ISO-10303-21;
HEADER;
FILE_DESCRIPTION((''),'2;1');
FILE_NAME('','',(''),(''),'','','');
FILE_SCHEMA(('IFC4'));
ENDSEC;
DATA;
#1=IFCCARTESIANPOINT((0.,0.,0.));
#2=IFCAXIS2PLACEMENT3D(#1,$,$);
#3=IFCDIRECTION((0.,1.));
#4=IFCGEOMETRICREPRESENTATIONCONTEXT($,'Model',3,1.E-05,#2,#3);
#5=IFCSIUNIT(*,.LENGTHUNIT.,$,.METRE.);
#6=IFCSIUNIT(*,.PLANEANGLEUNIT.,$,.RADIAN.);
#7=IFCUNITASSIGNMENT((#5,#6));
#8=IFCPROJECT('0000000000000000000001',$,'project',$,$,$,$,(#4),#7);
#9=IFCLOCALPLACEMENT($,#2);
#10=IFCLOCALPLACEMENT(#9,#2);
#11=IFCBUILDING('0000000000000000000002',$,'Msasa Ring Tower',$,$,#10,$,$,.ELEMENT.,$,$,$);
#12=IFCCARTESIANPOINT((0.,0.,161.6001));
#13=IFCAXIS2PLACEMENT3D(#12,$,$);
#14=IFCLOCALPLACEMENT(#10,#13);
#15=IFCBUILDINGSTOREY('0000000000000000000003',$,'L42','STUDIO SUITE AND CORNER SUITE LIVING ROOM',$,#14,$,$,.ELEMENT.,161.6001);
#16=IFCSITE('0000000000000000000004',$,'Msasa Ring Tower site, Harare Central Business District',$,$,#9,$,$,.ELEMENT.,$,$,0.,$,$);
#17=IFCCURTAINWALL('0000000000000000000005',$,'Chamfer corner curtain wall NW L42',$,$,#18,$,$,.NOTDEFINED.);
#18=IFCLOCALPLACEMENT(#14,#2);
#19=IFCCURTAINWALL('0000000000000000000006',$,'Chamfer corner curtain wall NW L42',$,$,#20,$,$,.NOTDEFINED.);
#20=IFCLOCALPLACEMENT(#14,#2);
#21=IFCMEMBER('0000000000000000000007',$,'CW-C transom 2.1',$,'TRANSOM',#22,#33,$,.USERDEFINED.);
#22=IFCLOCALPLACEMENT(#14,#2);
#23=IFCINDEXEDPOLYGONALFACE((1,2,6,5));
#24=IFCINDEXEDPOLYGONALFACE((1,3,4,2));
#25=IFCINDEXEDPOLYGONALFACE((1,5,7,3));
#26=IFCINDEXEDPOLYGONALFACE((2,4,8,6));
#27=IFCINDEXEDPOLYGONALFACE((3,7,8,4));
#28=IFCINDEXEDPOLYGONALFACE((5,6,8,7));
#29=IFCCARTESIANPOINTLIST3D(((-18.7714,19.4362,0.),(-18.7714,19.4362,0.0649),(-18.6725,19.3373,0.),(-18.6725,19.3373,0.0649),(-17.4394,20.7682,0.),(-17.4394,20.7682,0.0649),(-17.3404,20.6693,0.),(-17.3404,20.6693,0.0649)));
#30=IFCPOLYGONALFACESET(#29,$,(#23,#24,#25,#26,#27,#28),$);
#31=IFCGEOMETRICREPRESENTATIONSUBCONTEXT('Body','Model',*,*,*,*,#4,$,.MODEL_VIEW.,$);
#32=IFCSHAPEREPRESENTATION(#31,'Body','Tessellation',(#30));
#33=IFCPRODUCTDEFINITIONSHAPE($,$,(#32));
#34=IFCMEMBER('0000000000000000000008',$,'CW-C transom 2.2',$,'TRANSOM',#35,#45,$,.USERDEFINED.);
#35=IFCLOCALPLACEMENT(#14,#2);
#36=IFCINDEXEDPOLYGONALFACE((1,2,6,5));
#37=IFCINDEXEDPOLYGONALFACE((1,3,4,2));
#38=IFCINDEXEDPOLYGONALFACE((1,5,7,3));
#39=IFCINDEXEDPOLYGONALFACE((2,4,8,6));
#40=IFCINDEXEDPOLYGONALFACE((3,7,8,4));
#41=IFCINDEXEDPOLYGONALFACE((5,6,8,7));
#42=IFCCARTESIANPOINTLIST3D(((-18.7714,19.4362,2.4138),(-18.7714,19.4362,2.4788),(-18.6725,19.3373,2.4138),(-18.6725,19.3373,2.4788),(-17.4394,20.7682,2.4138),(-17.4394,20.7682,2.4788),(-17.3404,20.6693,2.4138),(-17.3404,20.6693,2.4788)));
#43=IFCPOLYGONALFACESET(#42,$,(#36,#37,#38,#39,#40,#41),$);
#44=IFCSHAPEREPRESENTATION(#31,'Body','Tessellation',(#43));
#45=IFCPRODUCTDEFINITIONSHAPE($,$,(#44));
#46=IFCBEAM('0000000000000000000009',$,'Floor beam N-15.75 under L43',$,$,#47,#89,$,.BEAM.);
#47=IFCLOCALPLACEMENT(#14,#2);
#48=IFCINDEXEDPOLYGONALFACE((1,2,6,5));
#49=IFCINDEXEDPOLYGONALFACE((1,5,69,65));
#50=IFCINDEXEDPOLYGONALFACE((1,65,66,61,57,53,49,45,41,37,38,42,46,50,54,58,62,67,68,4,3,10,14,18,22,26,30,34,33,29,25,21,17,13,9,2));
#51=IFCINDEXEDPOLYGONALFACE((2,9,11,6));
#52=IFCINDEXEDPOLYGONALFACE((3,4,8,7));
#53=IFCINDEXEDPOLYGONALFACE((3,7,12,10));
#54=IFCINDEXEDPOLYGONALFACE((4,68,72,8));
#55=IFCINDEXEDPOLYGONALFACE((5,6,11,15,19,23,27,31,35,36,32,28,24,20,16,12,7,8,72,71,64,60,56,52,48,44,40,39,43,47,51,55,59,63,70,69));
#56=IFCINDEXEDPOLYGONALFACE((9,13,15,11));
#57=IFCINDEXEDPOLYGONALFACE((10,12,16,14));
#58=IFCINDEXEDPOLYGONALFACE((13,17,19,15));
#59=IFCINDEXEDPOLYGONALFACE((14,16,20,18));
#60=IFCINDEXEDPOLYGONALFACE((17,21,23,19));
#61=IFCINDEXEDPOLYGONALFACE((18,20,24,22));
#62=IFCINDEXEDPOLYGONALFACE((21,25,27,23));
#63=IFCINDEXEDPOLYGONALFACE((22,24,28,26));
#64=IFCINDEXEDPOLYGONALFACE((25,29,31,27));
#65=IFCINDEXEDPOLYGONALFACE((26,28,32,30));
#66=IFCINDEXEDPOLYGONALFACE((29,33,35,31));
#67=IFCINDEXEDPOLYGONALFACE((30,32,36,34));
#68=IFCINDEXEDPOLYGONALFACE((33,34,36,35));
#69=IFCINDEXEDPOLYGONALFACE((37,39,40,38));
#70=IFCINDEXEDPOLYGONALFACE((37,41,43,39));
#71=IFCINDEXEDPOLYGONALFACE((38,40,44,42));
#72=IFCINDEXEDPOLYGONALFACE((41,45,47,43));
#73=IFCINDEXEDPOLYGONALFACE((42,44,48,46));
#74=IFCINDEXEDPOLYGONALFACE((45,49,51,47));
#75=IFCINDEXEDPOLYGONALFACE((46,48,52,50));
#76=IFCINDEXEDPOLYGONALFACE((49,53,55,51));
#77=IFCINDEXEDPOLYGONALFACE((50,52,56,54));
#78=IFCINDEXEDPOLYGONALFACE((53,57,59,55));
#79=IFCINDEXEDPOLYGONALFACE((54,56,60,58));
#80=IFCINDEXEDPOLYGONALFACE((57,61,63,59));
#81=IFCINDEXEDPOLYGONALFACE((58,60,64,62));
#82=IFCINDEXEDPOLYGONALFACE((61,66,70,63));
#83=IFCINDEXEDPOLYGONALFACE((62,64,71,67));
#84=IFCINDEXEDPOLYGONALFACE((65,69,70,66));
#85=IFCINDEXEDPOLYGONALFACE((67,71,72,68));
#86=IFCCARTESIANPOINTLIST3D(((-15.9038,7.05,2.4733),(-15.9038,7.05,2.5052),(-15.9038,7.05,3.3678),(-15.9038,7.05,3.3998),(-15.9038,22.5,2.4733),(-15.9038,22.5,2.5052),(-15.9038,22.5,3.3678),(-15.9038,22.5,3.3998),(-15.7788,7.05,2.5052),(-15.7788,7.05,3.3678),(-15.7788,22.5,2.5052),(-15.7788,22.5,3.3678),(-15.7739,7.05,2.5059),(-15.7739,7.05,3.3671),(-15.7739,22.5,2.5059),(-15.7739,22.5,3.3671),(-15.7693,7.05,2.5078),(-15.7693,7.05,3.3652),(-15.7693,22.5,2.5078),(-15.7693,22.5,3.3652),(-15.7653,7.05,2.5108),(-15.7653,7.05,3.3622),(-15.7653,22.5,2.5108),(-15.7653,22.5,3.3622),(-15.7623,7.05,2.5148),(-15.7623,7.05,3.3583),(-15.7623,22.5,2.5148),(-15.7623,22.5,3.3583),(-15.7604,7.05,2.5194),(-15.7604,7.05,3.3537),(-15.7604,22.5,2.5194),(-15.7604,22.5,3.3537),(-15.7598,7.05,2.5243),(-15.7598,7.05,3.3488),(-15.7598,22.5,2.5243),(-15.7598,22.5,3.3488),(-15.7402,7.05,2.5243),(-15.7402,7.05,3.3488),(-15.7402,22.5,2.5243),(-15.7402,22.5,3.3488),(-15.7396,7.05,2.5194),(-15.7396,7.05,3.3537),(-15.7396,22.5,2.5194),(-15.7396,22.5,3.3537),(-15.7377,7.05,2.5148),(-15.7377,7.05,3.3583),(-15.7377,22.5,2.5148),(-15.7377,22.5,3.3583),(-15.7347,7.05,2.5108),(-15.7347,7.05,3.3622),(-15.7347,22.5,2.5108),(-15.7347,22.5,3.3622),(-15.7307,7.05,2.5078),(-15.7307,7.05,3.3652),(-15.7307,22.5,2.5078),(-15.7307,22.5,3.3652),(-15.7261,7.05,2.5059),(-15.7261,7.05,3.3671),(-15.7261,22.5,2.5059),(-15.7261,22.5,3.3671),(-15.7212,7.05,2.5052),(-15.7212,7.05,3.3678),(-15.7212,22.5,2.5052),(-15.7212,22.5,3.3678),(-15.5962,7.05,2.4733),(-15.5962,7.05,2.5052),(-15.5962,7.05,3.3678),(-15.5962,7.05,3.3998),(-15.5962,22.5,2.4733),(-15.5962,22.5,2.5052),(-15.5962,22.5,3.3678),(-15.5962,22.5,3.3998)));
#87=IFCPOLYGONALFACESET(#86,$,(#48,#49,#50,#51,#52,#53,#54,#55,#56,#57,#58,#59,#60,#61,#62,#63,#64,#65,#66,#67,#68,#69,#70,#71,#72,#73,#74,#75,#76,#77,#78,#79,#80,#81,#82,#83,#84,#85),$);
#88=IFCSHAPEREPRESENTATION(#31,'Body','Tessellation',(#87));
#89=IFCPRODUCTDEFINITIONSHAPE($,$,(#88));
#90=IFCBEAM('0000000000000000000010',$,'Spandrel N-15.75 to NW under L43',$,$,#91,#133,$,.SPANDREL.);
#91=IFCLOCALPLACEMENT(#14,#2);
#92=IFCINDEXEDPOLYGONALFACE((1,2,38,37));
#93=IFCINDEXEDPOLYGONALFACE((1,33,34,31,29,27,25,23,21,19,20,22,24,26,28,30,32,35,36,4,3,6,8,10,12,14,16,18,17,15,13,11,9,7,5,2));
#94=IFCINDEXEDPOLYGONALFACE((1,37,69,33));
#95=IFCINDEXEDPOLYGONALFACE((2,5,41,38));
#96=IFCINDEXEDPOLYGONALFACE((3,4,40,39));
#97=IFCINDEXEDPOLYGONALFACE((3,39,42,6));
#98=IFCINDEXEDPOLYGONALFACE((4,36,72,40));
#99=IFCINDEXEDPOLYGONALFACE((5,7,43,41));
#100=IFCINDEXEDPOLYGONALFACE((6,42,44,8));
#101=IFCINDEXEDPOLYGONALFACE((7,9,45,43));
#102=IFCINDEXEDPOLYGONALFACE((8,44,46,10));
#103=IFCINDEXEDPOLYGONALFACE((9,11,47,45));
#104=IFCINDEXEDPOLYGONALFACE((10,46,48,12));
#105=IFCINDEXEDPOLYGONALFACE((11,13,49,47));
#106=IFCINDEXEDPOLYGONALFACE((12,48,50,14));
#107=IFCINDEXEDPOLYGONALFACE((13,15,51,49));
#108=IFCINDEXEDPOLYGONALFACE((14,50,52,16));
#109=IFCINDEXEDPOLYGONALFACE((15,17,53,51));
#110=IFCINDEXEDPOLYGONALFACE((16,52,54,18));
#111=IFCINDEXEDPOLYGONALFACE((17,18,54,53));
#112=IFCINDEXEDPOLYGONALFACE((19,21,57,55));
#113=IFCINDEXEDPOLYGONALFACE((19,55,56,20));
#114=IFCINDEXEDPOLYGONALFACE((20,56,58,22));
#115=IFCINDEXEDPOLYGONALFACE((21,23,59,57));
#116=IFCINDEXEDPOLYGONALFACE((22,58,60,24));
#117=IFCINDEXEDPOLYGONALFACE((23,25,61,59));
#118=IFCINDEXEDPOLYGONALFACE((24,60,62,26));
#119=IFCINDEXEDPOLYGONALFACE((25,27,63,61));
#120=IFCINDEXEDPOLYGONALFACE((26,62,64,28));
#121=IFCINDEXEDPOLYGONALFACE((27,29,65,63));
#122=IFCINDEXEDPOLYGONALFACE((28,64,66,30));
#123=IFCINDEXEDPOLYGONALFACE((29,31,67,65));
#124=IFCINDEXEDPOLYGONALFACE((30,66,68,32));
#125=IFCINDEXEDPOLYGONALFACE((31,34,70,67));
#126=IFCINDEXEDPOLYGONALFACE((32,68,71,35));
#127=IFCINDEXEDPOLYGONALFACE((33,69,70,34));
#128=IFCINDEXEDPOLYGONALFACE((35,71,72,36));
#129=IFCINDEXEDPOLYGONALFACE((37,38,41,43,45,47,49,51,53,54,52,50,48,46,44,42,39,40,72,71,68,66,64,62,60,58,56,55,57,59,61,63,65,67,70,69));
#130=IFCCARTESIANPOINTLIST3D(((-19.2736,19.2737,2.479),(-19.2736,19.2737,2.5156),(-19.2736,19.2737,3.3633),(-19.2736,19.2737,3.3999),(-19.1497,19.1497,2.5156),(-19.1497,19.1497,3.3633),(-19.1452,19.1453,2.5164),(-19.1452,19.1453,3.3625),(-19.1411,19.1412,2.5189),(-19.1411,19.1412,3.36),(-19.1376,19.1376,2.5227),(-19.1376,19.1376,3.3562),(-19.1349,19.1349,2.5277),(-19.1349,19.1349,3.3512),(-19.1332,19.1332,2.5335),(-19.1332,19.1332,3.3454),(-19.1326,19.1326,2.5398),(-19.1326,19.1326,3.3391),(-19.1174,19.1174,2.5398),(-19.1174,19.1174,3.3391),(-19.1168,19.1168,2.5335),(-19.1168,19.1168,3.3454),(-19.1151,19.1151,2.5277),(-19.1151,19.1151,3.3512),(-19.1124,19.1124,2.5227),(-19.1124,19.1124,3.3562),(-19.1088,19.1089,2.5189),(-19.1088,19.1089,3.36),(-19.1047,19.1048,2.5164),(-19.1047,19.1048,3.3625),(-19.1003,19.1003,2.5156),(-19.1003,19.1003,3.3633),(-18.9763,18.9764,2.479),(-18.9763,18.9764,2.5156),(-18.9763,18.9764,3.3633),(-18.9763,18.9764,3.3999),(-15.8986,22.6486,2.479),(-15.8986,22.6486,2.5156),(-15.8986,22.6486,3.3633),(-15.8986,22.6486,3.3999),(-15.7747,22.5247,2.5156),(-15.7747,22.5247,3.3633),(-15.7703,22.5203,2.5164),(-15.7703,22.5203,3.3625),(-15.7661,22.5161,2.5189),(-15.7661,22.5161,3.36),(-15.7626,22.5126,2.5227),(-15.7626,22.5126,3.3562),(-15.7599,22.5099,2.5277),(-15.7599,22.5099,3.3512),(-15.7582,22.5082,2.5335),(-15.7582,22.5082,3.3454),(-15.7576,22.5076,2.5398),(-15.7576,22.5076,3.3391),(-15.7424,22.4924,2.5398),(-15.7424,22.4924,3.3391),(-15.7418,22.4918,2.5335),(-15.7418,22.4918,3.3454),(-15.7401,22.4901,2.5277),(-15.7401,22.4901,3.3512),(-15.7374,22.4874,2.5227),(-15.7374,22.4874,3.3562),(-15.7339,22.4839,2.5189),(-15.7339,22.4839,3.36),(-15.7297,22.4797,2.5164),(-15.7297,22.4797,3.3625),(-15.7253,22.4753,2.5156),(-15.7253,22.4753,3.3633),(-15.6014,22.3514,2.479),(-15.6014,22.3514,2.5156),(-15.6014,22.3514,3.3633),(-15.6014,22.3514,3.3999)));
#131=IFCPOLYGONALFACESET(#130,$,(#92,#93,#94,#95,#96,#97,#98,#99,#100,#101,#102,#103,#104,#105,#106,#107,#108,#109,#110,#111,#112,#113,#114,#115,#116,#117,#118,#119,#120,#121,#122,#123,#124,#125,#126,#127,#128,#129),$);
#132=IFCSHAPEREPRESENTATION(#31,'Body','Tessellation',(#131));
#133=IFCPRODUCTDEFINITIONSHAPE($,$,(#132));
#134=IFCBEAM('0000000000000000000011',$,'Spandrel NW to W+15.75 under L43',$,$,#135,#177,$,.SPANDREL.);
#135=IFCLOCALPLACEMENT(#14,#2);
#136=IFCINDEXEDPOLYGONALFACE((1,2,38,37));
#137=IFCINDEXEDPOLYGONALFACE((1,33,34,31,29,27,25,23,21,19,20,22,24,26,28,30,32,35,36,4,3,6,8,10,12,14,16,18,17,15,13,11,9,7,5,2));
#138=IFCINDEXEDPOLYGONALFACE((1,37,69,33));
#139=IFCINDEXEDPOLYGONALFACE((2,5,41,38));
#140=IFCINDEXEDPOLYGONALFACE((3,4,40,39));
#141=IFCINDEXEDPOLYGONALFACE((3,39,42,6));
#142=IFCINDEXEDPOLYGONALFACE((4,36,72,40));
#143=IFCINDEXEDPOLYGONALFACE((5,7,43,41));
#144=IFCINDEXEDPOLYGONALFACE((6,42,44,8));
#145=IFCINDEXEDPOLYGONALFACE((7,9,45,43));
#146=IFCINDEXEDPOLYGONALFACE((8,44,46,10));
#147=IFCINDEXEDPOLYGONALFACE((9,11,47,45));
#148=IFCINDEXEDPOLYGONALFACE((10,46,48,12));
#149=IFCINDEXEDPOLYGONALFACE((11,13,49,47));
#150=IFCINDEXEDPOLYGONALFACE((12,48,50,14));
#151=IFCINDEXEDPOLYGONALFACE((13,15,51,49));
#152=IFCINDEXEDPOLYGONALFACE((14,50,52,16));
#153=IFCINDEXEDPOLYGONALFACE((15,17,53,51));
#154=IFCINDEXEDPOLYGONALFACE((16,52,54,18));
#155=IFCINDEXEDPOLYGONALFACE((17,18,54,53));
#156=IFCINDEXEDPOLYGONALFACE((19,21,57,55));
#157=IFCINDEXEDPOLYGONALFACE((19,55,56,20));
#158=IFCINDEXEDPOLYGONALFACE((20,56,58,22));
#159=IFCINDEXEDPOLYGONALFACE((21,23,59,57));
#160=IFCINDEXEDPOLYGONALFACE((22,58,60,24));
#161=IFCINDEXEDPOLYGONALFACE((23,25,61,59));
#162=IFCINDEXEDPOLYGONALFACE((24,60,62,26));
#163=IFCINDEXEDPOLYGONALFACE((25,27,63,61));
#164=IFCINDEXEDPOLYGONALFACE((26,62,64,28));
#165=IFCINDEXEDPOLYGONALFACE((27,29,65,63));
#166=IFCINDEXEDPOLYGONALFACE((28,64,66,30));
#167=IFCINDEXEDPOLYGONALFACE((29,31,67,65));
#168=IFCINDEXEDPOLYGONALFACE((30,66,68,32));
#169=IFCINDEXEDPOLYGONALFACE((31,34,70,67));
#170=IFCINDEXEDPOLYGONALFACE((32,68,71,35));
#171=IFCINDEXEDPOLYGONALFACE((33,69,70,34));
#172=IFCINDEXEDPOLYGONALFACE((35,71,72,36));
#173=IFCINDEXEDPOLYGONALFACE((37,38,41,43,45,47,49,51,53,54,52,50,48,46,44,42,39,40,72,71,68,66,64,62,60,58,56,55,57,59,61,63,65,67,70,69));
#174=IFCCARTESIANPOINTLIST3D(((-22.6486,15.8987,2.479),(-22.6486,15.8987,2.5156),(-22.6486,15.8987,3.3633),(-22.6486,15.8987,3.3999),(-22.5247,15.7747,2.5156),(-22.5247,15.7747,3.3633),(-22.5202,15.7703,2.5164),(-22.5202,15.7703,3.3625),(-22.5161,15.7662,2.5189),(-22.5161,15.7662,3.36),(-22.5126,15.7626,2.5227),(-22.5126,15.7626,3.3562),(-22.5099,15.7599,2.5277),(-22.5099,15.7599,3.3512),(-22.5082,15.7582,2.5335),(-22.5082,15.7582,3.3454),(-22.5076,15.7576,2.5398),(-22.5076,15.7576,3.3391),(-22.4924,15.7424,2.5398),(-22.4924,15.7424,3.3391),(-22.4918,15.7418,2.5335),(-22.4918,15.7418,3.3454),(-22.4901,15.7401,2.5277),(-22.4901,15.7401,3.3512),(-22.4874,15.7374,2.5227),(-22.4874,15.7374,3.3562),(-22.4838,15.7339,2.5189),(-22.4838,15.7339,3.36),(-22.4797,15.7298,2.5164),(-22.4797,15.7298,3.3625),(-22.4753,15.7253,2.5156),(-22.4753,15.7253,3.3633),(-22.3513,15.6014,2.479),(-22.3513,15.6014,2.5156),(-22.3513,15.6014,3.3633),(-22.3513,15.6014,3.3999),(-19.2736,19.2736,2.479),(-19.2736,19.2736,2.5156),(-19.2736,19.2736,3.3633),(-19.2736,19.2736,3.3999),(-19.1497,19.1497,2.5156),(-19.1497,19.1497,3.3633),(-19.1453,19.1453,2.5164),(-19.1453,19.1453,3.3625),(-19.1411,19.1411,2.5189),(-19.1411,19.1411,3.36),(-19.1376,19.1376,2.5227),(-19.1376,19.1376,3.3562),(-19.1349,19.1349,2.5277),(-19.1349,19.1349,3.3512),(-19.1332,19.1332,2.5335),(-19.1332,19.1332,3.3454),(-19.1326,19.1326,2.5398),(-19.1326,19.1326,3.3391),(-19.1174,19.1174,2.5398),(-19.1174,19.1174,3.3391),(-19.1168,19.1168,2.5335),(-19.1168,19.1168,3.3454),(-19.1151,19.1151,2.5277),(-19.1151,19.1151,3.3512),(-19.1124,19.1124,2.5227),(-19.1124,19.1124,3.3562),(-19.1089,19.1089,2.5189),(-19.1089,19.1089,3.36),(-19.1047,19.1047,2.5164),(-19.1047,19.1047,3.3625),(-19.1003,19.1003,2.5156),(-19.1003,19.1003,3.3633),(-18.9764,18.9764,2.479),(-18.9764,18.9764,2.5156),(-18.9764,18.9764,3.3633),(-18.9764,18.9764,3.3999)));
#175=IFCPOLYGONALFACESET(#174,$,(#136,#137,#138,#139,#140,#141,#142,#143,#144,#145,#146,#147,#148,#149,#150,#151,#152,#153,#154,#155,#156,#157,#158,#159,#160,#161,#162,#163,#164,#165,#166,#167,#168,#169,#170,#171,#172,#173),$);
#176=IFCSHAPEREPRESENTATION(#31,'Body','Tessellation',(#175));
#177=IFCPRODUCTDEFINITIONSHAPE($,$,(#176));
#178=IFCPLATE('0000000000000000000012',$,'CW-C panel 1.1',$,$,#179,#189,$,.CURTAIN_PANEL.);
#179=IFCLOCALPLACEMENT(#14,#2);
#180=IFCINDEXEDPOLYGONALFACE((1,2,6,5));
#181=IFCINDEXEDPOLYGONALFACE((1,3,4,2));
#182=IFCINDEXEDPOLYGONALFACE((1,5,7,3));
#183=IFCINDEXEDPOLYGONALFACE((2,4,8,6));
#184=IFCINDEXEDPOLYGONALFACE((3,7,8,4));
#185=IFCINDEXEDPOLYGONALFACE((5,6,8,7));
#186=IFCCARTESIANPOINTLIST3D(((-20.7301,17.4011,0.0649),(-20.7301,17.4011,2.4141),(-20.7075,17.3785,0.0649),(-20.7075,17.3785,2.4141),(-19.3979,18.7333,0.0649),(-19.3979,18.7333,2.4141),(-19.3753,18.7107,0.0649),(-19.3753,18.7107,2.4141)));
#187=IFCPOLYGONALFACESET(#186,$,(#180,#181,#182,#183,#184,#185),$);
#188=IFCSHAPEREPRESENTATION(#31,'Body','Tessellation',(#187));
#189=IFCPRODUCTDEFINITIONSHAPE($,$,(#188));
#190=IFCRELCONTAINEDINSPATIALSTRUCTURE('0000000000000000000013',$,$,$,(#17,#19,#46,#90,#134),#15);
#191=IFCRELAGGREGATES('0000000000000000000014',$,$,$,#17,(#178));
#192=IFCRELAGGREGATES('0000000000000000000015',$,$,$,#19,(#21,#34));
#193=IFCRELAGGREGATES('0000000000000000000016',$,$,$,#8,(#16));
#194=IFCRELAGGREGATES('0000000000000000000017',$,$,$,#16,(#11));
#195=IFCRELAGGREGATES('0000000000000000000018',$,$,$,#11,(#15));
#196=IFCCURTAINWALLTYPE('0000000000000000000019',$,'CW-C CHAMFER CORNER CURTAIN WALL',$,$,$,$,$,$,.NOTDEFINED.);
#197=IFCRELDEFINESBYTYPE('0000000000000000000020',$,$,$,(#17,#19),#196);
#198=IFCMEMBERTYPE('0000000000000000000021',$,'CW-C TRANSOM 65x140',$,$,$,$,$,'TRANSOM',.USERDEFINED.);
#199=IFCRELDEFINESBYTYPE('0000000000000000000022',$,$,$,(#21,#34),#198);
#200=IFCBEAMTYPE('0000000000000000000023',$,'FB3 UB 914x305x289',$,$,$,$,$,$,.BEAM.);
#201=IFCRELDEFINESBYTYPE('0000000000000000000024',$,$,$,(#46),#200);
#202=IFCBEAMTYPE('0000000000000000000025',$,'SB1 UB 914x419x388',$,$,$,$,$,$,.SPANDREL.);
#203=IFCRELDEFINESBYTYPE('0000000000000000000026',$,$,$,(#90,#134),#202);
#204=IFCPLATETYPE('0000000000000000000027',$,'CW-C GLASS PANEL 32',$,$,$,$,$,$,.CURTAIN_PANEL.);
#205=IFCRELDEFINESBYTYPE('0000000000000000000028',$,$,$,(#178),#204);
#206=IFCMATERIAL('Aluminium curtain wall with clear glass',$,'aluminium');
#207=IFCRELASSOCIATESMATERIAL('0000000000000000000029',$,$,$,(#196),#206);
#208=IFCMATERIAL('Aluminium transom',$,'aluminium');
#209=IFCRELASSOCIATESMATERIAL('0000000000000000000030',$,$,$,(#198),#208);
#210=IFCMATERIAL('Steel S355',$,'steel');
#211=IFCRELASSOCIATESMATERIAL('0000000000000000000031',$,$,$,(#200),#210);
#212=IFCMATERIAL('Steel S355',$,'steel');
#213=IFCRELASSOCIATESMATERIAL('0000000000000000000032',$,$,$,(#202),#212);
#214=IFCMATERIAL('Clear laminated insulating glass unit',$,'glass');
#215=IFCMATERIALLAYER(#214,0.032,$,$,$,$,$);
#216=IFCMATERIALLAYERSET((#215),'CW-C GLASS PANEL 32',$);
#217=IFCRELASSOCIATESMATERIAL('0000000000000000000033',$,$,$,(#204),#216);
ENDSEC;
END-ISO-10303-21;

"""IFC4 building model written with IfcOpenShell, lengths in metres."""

from ifc_helpers import new_model, si_unit, direction, frame, origin, origin_2d, place, context, subcontext, project, spatial, rectangle, i_section, extrude, material, layer, layer_set, material_profile, profile_set, type_object, element, aggregate, save


model = new_model("IFC4")

# Units and contexts
model_context = context("Model", 3, precision=1e-05, world=origin(), true_north=direction((0.0, 1.0)))
body_context = subcontext(model_context, "Body", "Model", "MODEL_VIEW")
ifc_project = project(units=[si_unit("LENGTHUNIT", "METRE"), si_unit("PLANEANGLEUNIT", "RADIAN")], contexts=[model_context])

# Site, building, storey
site_placement = place(None, origin())
site = spatial("IfcSite", under=ifc_project, at=site_placement, Name="Msasa Ring Tower site, Harare Central Business District", CompositionType="ELEMENT", RefElevation=0.0)
building_placement = place(site_placement, origin())
building = spatial("IfcBuilding", under=site, at=building_placement, Name="Msasa Ring Tower", CompositionType="ELEMENT")
storey_placement = place(building_placement, frame((0.0, 0.0, 161.6001)))
storey = spatial("IfcBuildingStorey", under=building, at=storey_placement, Name="L42", Description="STUDIO SUITE AND CORNER SUITE LIVING ROOM", CompositionType="ELEMENT", Elevation=161.6001)

# Curtain walls
ifc_material_1 = material(Name="Aluminium curtain wall with clear glass", Category="aluminium")
curtain_wall_type = type_object("IfcCurtainWallType", Name="CW-C CHAMFER CORNER CURTAIN WALL", PredefinedType="NOTDEFINED", material=ifc_material_1)
curtain_wall_1_placement = place(storey_placement, origin())
curtain_wall_1 = element("IfcCurtainWall", 1, at=curtain_wall_1_placement, inside=storey, type_object=curtain_wall_type, Name="Chamfer corner curtain wall NW L42", PredefinedType="NOTDEFINED")
curtain_wall_2_placement = place(storey_placement, origin())
curtain_wall_2 = element("IfcCurtainWall", 2, at=curtain_wall_2_placement, inside=storey, type_object=curtain_wall_type, Name="Chamfer corner curtain wall NW L42", PredefinedType="NOTDEFINED")

# Members
ifc_material_2 = material(Name="Aluminium transom", Category="aluminium")
ifc_material_profile_1 = material_profile(ifc_material_2, rectangle(XDim=0.1399, YDim=0.0649, at=origin_2d()), Name="AL 65x140")
ifc_profile_set_1 = profile_set([ifc_material_profile_1], Name="Aluminium transom")
member_type_1 = type_object("IfcMemberType", Name="CW-C TRANSOM 65x140", ElementType="TRANSOM", PredefinedType="USERDEFINED", material=ifc_profile_set_1)
member_1_placement = place(storey_placement, frame((-17.3899, 20.7188, 0.0325), z_axis=(-0.707107, -0.707107, 0.0), x_axis=(0.707107, -0.707107, 0.0)))
member_1 = element("IfcMember", 3, at=member_1_placement, type_object=member_type_1, Name="CW-C transom 2.1", ObjectType="TRANSOM", PredefinedType="USERDEFINED", context=body_context, shape_type="SweptSolid", body=[
    extrude(rectangle(XDim=0.1399, YDim=0.0649, at=origin_2d()), origin(), (0.0, 0.0, 1.0), 1.8838),
])
member_2_placement = place(storey_placement, frame((-17.3899, 20.7188, 2.4463), z_axis=(-0.707107, -0.707107, 0.0), x_axis=(0.707107, -0.707107, 0.0)))
member_2 = element("IfcMember", 4, at=member_2_placement, type_object=member_type_1, Name="CW-C transom 2.2", ObjectType="TRANSOM", PredefinedType="USERDEFINED", context=body_context, shape_type="SweptSolid", body=[
    extrude(rectangle(XDim=0.1399, YDim=0.0649, at=origin_2d()), origin(), (0.0, 0.0, 1.0), 1.8838),
])

# Beams
ifc_material_3 = material(Name="Steel S355", Category="steel")
ifc_material_profile_2 = material_profile(ifc_material_3, i_section(OverallWidth=0.3076, OverallDepth=0.9265, WebThickness=0.0195, FlangeThickness=0.032, FilletRadius=0.019, at=origin_2d()), Name="UB 914x305x289")
ifc_profile_set_2 = profile_set([ifc_material_profile_2], Name="Steel S355")
beam_type_1 = type_object("IfcBeamType", Name="FB3 UB 914x305x289", PredefinedType="BEAM", material=ifc_profile_set_2)
beam_placement = place(storey_placement, frame((-15.75, 22.5, 2.9365), z_axis=(0.0, -1.0, 0.0), x_axis=(1.0, 0.0, 0.0)))
element("IfcBeam", 5, at=beam_placement, inside=storey, type_object=beam_type_1, Name="Floor beam N-15.75 under L43", PredefinedType="BEAM", context=body_context, shape_type="SweptSolid", body=[
    extrude(i_section(OverallWidth=0.3076, OverallDepth=0.9265, WebThickness=0.0195, FlangeThickness=0.032, FilletRadius=0.019, at=origin_2d()), origin(), (0.0, 0.0, 1.0), 15.45),
])
ifc_material_4 = material(Name="Steel S355", Category="steel")
ifc_material_profile_3 = material_profile(ifc_material_4, i_section(OverallWidth=0.4204, OverallDepth=0.9209, WebThickness=0.0215, FlangeThickness=0.0366, FilletRadius=0.0242, at=origin_2d()), Name="UB 914x419x388")
ifc_profile_set_3 = profile_set([ifc_material_profile_3], Name="Steel S355")
beam_type_2 = type_object("IfcBeamType", Name="SB1 UB 914x419x388", PredefinedType="SPANDREL", material=ifc_profile_set_3)
for number, where, z_axis, x_axis, name in (
    (6, (-15.75, 22.5, 2.9395), (-0.707107, -0.707107, 0.0), (0.707107, -0.707107, 0.0), "Spandrel N-15.75 to NW under L43"),
    (7, (-19.125, 19.125, 2.9395), (-0.707107, -0.707107, 0.0), (0.707107, -0.707107, 0.0), "Spandrel NW to W+15.75 under L43"),
):
    element("IfcBeam", number, at=place(storey_placement, frame(where, z_axis=z_axis, x_axis=x_axis)), inside=storey, type_object=beam_type_2, Name=name, PredefinedType="SPANDREL", context=body_context, shape_type="SweptSolid", body=[
        extrude(i_section(OverallWidth=0.4204, OverallDepth=0.9209, WebThickness=0.0215, FlangeThickness=0.0366, FilletRadius=0.0242, at=origin_2d()), origin(), (0.0, 0.0, 1.0), 4.7729),
    ])

# Plate
ifc_material_5 = material(Name="Clear laminated insulating glass unit", Category="glass")
ifc_layer_1 = layer(ifc_material_5, 0.032)
ifc_layer_set_1 = layer_set([ifc_layer_1], Name="CW-C GLASS PANEL 32")
plate_type = type_object("IfcPlateType", Name="CW-C GLASS PANEL 32", PredefinedType="CURTAIN_PANEL", material=ifc_layer_set_1)
plate_1_placement = place(storey_placement, frame((-20.0527, 18.0559, 0.0649), z_axis=(0.0, 0.0, 1.0), x_axis=(-0.707107, -0.707107, 0.0)))
plate_1 = element("IfcPlate", 8, at=plate_1_placement, type_object=plate_type, Name="CW-C panel 1.1", PredefinedType="CURTAIN_PANEL", context=body_context, shape_type="SweptSolid", body=[
    extrude(rectangle(XDim=1.884, YDim=0.032, at=origin_2d()), origin(), (0.0, 0.0, 1.0), 2.3491),
])
aggregate(curtain_wall_1, [plate_1])
aggregate(curtain_wall_2, [member_1, member_2])

save(model, "model.ifc")
